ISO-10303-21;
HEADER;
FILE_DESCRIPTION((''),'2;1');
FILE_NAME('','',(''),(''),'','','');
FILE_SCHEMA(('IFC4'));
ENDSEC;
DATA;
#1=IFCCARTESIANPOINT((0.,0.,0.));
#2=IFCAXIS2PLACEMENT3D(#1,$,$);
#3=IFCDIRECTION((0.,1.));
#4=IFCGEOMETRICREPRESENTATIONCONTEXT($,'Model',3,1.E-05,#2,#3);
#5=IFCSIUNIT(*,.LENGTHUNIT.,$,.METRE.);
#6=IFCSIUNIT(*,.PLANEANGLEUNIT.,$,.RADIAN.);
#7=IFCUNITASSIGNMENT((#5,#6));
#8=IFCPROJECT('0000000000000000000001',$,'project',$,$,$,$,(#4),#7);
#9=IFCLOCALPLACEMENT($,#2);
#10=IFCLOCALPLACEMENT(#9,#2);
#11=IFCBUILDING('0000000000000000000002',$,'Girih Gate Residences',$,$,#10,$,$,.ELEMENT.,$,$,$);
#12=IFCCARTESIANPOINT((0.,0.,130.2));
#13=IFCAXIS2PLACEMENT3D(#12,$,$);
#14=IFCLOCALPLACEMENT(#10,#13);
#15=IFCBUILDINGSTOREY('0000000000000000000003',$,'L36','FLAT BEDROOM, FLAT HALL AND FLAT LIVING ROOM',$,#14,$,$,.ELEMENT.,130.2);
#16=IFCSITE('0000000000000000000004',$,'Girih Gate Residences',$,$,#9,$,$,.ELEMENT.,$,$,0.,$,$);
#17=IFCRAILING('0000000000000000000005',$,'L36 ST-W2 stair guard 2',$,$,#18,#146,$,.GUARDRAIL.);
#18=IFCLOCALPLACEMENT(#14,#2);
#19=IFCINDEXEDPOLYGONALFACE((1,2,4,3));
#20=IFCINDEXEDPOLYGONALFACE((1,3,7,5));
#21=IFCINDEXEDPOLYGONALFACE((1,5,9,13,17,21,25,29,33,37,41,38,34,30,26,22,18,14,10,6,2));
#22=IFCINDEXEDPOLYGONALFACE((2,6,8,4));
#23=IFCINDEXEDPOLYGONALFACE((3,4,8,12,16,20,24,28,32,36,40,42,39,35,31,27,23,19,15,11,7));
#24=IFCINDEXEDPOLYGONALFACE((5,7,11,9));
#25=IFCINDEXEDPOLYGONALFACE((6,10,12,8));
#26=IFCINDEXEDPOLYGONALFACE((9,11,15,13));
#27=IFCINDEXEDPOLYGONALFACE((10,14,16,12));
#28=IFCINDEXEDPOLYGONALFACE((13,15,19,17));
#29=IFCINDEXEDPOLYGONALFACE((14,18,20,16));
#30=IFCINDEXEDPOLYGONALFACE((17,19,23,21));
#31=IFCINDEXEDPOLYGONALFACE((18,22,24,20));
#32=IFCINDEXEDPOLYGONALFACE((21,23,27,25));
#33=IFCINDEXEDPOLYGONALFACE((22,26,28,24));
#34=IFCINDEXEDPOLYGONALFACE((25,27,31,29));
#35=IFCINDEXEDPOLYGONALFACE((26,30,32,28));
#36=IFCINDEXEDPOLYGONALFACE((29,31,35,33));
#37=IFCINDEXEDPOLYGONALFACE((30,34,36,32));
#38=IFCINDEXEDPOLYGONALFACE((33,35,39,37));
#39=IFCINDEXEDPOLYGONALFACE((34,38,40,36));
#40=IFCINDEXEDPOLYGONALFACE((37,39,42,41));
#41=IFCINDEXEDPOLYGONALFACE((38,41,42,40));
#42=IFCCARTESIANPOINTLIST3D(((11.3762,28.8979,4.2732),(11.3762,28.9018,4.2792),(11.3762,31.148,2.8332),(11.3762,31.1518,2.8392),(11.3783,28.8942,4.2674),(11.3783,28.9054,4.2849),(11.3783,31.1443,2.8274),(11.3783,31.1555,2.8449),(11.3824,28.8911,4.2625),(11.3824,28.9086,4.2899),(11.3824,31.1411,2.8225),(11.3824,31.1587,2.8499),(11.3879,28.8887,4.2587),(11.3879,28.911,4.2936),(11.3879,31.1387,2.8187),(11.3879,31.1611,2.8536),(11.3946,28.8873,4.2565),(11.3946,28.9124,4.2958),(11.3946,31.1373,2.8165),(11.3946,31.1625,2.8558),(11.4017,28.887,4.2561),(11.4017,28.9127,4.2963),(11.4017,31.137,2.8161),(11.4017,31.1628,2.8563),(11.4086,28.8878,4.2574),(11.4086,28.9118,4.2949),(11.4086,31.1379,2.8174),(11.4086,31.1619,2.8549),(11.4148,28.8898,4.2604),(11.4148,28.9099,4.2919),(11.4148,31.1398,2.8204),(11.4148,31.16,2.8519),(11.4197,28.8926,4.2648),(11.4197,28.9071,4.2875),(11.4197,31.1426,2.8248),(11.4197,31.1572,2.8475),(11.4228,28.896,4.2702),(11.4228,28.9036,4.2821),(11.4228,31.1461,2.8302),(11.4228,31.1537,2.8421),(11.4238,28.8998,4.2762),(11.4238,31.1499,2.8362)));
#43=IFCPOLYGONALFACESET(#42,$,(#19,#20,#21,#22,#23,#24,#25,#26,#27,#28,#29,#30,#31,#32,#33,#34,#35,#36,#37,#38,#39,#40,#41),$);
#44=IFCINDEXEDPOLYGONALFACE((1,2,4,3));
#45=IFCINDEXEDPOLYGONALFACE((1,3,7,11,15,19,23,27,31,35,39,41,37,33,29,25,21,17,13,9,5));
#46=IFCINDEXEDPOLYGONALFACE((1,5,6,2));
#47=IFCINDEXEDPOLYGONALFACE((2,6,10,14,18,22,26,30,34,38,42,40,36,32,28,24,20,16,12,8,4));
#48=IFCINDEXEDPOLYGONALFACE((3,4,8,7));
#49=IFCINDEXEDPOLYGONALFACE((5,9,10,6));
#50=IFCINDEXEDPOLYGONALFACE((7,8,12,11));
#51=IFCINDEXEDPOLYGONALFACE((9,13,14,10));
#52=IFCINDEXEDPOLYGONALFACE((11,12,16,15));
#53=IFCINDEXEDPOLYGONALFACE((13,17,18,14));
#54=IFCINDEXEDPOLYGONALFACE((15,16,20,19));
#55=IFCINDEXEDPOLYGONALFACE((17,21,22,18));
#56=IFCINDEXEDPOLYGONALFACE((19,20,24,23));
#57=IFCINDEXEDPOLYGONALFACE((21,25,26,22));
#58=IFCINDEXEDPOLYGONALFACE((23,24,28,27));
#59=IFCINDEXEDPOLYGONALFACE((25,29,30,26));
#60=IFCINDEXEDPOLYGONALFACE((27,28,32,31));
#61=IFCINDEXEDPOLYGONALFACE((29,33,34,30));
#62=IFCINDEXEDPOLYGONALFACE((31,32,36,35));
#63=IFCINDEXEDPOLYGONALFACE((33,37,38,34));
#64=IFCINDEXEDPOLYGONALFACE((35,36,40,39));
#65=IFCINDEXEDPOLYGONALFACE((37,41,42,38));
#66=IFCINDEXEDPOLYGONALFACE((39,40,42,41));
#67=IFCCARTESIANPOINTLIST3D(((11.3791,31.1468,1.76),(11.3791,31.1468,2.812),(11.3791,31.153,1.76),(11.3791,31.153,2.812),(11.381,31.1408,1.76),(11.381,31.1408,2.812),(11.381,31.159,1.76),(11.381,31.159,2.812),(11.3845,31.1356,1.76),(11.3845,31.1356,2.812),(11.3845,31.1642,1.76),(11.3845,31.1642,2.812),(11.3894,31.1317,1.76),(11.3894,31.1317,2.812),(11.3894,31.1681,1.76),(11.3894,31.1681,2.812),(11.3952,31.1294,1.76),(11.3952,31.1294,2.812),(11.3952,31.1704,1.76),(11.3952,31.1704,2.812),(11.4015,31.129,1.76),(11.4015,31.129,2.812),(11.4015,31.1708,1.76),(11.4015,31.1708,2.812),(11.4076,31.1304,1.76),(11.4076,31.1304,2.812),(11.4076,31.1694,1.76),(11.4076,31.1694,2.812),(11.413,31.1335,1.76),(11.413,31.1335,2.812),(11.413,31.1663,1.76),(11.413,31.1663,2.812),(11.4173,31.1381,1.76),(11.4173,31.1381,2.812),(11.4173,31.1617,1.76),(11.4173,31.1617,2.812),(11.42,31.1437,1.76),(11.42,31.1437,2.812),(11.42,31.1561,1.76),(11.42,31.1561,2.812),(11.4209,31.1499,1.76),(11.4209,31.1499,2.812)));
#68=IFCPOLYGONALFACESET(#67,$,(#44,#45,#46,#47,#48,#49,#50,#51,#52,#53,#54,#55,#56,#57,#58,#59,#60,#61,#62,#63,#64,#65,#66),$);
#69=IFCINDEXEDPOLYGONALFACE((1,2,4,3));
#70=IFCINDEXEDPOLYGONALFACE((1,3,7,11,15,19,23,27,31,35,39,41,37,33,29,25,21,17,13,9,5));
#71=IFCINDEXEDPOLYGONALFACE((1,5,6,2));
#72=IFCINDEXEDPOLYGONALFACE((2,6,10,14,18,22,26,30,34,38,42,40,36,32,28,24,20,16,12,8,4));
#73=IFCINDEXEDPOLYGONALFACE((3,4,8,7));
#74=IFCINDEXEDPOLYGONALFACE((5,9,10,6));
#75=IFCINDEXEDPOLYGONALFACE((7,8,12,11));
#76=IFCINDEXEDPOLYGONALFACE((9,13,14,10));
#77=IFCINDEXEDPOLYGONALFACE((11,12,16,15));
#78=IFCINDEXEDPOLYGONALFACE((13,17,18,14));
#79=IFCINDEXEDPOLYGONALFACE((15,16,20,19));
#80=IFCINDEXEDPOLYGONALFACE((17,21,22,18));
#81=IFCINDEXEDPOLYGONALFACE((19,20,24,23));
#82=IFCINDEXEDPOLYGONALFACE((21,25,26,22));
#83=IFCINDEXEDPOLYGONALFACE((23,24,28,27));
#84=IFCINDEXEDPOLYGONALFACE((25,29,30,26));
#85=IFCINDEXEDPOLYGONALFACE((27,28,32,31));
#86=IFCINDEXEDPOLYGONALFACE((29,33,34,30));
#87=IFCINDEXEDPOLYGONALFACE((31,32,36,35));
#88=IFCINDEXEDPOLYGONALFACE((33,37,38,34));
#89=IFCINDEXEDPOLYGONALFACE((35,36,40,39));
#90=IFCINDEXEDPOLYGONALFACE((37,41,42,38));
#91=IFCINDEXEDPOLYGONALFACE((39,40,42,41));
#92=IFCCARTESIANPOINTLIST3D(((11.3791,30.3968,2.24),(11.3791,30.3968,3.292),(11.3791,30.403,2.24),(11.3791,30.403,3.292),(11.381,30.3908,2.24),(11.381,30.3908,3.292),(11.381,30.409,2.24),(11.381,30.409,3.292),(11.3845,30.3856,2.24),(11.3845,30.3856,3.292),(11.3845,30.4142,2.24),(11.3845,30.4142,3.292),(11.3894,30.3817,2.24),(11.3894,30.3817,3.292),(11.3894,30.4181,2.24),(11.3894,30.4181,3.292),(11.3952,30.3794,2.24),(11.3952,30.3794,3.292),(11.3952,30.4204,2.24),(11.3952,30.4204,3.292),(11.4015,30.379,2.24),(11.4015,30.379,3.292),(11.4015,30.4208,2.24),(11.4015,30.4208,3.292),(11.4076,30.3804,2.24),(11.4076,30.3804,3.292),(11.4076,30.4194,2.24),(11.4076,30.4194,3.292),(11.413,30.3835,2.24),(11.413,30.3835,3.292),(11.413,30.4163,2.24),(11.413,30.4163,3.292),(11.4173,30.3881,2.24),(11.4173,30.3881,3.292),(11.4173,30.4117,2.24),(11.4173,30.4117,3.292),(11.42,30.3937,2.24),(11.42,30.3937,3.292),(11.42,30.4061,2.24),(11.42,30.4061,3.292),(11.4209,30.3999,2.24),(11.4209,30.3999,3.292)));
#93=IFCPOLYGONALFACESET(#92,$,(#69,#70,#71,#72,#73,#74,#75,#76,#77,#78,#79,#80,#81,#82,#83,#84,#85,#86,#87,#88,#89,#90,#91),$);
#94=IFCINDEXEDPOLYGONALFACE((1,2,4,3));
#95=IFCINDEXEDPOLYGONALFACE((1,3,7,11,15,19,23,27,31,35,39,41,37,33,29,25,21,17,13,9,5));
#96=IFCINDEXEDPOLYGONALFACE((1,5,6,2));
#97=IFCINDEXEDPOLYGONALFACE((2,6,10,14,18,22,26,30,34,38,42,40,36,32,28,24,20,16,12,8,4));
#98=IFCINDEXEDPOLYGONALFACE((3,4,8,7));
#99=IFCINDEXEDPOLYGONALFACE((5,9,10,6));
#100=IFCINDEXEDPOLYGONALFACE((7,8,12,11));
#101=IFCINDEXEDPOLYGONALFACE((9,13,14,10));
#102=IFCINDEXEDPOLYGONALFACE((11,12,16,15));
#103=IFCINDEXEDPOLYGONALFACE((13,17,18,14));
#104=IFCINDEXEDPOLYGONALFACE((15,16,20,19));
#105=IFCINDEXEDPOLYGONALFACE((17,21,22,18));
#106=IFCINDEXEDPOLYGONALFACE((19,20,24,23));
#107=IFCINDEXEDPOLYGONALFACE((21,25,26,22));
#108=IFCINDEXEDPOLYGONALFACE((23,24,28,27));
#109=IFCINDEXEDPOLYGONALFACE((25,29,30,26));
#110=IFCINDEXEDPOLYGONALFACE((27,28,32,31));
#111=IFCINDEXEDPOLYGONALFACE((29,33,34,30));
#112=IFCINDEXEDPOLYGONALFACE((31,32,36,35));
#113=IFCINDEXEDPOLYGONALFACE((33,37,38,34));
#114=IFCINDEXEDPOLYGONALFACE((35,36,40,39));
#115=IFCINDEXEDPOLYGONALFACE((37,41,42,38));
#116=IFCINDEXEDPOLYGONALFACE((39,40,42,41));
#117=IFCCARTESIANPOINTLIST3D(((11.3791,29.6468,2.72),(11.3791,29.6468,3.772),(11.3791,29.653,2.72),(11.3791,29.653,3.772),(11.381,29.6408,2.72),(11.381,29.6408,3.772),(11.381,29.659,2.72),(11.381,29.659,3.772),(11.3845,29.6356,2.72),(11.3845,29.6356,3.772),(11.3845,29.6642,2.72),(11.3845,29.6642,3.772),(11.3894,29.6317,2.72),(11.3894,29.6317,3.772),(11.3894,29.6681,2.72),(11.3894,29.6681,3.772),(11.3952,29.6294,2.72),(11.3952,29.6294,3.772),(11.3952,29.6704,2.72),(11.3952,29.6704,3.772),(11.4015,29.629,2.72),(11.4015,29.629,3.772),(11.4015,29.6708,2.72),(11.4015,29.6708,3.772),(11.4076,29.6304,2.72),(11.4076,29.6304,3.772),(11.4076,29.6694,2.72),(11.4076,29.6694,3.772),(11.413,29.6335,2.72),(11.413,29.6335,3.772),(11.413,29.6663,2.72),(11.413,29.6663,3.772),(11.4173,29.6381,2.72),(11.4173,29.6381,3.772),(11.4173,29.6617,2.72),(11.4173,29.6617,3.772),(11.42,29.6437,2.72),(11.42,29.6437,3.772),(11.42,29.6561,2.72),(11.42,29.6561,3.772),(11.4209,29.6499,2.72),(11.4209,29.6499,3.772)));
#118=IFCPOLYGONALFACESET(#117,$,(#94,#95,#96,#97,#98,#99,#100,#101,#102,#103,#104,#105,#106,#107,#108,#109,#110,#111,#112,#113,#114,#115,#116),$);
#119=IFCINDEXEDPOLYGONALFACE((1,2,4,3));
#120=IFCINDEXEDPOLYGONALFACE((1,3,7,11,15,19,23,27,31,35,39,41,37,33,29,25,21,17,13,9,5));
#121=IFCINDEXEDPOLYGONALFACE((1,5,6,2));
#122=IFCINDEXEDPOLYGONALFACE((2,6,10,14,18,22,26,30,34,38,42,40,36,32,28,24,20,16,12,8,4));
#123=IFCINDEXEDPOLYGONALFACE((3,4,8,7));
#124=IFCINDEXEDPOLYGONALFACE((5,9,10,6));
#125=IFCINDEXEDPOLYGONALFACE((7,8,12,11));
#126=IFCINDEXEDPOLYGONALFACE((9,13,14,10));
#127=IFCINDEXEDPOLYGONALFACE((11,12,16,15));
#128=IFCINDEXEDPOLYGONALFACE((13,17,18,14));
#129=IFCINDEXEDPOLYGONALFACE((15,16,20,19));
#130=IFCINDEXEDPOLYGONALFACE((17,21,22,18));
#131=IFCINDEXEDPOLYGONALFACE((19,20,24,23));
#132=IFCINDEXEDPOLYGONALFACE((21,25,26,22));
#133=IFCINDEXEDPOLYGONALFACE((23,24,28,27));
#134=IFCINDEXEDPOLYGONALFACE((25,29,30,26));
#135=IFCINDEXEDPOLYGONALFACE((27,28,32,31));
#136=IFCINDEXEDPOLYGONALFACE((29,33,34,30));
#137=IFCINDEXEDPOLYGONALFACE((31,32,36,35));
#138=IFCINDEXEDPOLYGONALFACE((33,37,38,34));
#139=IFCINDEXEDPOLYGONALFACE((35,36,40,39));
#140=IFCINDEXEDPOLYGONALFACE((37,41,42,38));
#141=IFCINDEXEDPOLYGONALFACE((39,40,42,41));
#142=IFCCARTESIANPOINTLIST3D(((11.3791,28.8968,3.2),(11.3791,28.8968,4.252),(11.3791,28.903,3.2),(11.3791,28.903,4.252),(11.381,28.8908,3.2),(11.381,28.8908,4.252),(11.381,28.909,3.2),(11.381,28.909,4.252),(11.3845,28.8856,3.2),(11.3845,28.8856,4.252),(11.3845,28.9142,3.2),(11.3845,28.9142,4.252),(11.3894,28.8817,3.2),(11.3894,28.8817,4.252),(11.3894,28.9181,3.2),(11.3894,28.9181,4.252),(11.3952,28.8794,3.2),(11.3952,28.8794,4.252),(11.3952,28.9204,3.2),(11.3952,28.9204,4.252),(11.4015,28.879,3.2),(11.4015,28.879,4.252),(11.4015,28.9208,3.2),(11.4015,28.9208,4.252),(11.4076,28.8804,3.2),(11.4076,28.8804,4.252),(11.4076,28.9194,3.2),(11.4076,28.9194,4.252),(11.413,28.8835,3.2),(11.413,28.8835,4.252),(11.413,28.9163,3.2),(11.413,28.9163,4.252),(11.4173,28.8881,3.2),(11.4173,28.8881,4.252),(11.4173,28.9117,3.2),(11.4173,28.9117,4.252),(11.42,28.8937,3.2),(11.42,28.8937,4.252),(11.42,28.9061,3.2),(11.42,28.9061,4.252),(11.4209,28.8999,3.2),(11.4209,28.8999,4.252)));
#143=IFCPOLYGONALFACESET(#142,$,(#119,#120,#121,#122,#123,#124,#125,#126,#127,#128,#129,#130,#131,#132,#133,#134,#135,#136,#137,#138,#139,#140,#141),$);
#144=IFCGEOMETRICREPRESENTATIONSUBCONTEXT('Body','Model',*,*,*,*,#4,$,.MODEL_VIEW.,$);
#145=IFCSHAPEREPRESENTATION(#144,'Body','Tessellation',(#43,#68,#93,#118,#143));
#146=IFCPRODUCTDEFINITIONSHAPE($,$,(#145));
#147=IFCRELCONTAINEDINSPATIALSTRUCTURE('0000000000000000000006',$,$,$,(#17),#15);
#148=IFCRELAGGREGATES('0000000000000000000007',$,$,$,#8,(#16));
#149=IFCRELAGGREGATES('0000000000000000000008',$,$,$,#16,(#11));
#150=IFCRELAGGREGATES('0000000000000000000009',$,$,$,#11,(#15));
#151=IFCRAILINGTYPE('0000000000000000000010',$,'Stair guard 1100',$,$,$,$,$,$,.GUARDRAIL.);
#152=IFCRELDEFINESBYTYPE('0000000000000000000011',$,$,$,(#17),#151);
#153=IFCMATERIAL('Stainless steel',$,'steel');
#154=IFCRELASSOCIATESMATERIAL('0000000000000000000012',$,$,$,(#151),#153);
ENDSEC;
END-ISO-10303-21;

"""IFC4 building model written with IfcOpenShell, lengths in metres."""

from ifc_helpers import new_model, si_unit, direction, frame, origin, origin_2d, place, context, subcontext, project, spatial, circle, extrude, material, type_object, element, save


model = new_model("IFC4")

# Units and contexts
model_context = context("Model", 3, precision=1e-05, world=origin(), true_north=direction((0.0, 1.0)))
body_context = subcontext(model_context, "Body", "Model", "MODEL_VIEW")
ifc_project = project(units=[si_unit("LENGTHUNIT", "METRE"), si_unit("PLANEANGLEUNIT", "RADIAN")], contexts=[model_context])

# Site, building, storey
site_placement = place(None, origin())
site = spatial("IfcSite", under=ifc_project, at=site_placement, Name="Girih Gate Residences", CompositionType="ELEMENT", RefElevation=0.0)
building_placement = place(site_placement, origin())
building = spatial("IfcBuilding", under=site, at=building_placement, Name="Girih Gate Residences", CompositionType="ELEMENT")
storey_placement = place(building_placement, frame((0.0, 0.0, 130.2)))
storey = spatial("IfcBuildingStorey", under=building, at=storey_placement, Name="L36", Description="FLAT BEDROOM, FLAT HALL AND FLAT LIVING ROOM", CompositionType="ELEMENT", Elevation=130.2)

# Railing
ifc_material_1 = material(Name="Stainless steel", Category="steel")
railing_type_1 = type_object("IfcRailingType", Name="Stair guard 1100", PredefinedType="GUARDRAIL", material=ifc_material_1)
railing_1_placement = place(storey_placement, frame((11.3999, 31.1499, 1.76)))
element("IfcRailing", 1, at=railing_1_placement, inside=storey, type_object=railing_type_1, Name="L36 ST-W2 stair guard 2", PredefinedType="GUARDRAIL", context=body_context, shape_type="SweptSolid", body=[
    extrude(circle(Radius=0.0239, at=origin_2d()), frame((0.0, 0.0, 1.0762), z_axis=(0.0, -0.842281, 0.539038), x_axis=(1.0, 0.0, 0.0)), (0.0, 0.0, 1.0), 2.6714),
    extrude(circle(Radius=0.021, at=origin_2d()), origin(), (0.0, 0.0, 1.0), 1.052),
    extrude(circle(Radius=0.021, at=origin_2d()), frame((0.0, -0.75, 0.48)), (0.0, 0.0, 1.0), 1.052),
    extrude(circle(Radius=0.021, at=origin_2d()), frame((0.0, -1.5, 0.96)), (0.0, 0.0, 1.0), 1.052),
    extrude(circle(Radius=0.021, at=origin_2d()), frame((0.0, -2.25, 1.4399)), (0.0, 0.0, 1.0), 1.052),
])

save(model, "model.ifc")
